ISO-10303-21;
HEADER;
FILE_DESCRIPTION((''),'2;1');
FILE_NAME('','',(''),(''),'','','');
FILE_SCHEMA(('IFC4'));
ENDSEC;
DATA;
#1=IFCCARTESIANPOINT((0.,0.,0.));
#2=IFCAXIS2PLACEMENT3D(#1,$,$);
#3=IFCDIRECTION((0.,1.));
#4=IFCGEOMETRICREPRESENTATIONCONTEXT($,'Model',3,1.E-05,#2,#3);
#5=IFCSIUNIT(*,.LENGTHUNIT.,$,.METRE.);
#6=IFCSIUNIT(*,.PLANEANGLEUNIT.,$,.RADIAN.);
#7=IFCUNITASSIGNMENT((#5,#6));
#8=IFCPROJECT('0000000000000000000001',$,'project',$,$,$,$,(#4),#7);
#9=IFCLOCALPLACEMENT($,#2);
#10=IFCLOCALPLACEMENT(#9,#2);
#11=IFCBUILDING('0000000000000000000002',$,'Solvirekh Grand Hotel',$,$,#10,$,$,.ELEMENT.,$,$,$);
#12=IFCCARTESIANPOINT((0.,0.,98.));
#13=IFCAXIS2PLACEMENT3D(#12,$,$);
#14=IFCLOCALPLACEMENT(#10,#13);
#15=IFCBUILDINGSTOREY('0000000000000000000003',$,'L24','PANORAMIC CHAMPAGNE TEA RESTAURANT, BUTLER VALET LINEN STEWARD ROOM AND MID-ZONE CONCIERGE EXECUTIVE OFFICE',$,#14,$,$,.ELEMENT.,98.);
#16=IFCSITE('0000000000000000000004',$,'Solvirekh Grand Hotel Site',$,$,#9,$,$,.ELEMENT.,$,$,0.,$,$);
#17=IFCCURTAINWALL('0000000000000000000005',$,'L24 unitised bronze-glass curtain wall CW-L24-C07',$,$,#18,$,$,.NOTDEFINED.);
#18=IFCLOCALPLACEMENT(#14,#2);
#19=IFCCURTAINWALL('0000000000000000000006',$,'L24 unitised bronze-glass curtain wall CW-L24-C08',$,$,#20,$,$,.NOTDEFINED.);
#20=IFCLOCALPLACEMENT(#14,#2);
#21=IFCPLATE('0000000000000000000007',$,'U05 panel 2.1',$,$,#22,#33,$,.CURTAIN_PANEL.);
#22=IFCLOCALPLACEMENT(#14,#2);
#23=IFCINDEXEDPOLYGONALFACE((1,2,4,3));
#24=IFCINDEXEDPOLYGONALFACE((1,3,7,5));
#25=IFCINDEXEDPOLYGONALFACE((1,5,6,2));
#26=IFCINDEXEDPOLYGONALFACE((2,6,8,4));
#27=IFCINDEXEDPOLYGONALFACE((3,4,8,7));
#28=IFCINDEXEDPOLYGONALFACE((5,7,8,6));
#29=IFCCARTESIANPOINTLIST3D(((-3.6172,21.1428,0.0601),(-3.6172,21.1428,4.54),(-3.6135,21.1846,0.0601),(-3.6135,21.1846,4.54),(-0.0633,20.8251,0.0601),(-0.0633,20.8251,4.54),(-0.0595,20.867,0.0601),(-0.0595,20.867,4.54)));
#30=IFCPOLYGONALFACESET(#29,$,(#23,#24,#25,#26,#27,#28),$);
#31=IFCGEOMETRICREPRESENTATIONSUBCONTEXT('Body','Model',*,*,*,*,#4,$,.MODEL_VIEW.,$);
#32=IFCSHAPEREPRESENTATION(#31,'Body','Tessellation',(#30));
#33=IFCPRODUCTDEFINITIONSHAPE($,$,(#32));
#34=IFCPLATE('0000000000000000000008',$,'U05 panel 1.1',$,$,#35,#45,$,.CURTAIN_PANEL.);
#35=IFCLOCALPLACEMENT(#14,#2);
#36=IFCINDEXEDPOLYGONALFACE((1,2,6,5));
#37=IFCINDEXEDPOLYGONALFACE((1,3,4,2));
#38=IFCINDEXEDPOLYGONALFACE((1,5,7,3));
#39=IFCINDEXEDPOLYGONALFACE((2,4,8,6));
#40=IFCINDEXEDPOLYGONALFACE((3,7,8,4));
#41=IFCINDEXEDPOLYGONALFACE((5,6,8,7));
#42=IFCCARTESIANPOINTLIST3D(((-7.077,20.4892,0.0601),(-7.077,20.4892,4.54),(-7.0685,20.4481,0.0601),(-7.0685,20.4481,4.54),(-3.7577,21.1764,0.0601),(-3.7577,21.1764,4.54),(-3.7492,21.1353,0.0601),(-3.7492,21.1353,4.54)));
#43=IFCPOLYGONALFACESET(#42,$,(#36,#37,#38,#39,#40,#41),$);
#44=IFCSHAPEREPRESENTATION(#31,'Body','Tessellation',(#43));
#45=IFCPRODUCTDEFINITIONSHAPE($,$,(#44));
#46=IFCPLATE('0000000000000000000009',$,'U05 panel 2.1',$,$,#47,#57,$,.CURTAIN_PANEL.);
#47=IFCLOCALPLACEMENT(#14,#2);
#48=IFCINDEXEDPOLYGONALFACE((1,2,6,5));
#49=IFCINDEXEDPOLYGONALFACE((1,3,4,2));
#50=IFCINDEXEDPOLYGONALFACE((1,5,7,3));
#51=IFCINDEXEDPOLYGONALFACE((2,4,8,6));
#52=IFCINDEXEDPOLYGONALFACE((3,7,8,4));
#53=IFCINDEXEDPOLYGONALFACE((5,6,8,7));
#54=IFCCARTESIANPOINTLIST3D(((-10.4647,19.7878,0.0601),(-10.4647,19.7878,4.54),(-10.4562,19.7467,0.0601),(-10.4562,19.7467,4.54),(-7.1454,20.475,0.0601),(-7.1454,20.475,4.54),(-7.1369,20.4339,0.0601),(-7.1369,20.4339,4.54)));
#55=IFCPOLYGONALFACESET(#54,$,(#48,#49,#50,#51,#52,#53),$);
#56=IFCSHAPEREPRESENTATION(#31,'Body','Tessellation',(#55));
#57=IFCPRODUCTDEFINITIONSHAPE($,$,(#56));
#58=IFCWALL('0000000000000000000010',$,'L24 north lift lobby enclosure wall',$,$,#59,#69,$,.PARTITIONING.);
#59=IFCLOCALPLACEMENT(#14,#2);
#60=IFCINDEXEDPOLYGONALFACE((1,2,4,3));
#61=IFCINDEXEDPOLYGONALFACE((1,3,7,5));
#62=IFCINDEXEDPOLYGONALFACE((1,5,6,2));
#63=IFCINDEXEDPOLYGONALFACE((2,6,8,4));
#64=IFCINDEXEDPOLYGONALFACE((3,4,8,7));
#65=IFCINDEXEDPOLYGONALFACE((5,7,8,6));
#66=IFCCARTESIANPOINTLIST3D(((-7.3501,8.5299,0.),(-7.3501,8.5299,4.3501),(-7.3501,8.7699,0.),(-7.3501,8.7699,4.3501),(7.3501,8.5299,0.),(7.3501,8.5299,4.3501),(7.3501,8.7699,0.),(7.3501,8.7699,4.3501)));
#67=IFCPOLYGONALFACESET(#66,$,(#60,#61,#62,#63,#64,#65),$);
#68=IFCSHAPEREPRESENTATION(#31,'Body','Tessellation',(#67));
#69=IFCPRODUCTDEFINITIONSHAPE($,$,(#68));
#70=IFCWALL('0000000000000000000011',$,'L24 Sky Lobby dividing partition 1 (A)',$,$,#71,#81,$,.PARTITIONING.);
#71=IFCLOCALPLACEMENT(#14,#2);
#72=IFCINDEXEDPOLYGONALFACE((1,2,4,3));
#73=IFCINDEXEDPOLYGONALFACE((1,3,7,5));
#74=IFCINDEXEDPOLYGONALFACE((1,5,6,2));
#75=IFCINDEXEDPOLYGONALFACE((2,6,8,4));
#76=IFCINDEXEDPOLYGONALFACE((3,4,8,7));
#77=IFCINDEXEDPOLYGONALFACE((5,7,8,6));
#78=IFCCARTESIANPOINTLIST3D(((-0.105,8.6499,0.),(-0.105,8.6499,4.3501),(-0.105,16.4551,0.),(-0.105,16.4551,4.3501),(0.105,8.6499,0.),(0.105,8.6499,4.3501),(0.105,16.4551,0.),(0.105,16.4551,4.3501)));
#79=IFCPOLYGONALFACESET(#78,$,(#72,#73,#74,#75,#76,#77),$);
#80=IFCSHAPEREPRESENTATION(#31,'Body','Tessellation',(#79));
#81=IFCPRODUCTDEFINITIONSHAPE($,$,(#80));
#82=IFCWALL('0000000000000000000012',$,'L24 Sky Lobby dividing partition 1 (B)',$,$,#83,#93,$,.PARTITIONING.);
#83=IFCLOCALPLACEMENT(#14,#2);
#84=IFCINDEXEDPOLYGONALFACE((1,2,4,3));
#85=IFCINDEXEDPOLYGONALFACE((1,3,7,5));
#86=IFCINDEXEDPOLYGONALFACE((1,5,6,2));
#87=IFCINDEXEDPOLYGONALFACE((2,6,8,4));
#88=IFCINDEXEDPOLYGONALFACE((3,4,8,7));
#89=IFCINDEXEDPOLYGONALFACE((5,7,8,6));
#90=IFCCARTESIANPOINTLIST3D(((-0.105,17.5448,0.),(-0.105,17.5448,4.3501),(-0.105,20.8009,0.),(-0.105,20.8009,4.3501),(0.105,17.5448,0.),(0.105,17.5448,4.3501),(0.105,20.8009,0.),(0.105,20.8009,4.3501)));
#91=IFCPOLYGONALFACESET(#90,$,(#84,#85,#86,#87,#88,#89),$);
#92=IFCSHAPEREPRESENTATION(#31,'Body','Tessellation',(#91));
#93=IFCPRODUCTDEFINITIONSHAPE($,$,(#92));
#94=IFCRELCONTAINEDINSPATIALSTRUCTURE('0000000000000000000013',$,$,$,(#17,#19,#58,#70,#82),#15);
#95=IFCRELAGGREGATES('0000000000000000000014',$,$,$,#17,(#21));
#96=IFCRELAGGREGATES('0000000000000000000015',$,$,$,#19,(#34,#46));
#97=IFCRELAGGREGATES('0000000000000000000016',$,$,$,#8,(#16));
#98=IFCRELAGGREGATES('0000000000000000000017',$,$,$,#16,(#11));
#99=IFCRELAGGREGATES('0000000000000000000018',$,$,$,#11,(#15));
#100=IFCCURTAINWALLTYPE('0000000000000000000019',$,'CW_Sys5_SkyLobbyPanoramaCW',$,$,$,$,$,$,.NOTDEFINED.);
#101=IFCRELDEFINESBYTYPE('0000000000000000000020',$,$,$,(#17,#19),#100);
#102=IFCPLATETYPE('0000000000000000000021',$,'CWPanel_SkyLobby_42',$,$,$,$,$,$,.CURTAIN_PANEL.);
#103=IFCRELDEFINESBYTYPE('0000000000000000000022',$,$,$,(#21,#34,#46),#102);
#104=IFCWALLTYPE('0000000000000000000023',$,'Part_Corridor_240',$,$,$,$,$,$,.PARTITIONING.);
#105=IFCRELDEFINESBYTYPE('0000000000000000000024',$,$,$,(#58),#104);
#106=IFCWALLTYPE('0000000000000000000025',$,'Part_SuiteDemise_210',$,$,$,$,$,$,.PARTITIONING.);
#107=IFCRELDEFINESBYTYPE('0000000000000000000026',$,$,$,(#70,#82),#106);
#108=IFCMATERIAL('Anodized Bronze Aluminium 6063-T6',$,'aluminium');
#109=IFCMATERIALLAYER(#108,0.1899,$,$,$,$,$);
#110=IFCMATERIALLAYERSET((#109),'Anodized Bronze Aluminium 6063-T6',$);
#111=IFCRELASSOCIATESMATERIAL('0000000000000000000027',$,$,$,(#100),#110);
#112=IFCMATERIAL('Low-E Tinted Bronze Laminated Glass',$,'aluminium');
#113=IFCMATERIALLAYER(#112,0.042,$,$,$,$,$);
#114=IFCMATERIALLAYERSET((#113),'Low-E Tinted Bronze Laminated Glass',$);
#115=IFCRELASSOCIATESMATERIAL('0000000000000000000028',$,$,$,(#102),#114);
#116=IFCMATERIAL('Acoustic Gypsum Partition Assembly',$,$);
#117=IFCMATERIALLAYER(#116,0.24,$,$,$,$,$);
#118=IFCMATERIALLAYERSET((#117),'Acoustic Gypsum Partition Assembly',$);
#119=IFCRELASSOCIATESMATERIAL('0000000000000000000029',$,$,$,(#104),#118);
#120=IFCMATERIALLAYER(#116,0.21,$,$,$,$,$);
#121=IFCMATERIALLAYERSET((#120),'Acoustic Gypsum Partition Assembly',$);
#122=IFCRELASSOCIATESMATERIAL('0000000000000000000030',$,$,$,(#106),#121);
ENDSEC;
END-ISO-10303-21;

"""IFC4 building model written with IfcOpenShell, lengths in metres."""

from ifc_helpers import new_model, si_unit, direction, frame, frame_2d, origin, origin_2d, place, context, subcontext, project, spatial, rectangle, extrude, source, transform, mapped, material, layer, layer_set, type_object, element, aggregate, save


model = new_model("IFC4")

# Units and contexts
model_context = context("Model", 3, precision=1e-05, world=origin(), true_north=direction((0.0, 1.0)))
body_context = subcontext(model_context, "Body", "Model", "MODEL_VIEW")
ifc_project = project(units=[si_unit("LENGTHUNIT", "METRE"), si_unit("PLANEANGLEUNIT", "RADIAN")], contexts=[model_context])

# Site, building, storey
site_placement = place(None, origin())
site = spatial("IfcSite", under=ifc_project, at=site_placement, Name="Solvirekh Grand Hotel Site", CompositionType="ELEMENT", RefElevation=0.0)
building_placement = place(site_placement, origin())
building = spatial("IfcBuilding", under=site, at=building_placement, Name="Solvirekh Grand Hotel", CompositionType="ELEMENT")
storey_placement = place(building_placement, frame((0.0, 0.0, 98.0)))
storey = spatial("IfcBuildingStorey", under=building, at=storey_placement, Name="L24", Description="PANORAMIC CHAMPAGNE TEA RESTAURANT, BUTLER VALET LINEN STEWARD ROOM AND MID-ZONE CONCIERGE EXECUTIVE OFFICE", CompositionType="ELEMENT", Elevation=98.0)

# Curtain walls
ifc_material_1 = material(Name="Anodized Bronze Aluminium 6063-T6", Category="aluminium")
ifc_layer_1 = layer(ifc_material_1, 0.1899)
ifc_layer_set_1 = layer_set([ifc_layer_1], Name="Anodized Bronze Aluminium 6063-T6")
curtain_wall_type = type_object("IfcCurtainWallType", Name="CW_Sys5_SkyLobbyPanoramaCW", PredefinedType="NOTDEFINED", material=ifc_layer_set_1)
curtain_wall_1_placement = place(storey_placement, origin())
curtain_wall_1 = element("IfcCurtainWall", 1, at=curtain_wall_1_placement, inside=storey, type_object=curtain_wall_type, Name="L24 unitised bronze-glass curtain wall CW-L24-C07", PredefinedType="NOTDEFINED")
curtain_wall_2_placement = place(storey_placement, origin())
curtain_wall_2 = element("IfcCurtainWall", 2, at=curtain_wall_2_placement, inside=storey, type_object=curtain_wall_type, Name="L24 unitised bronze-glass curtain wall CW-L24-C08", PredefinedType="NOTDEFINED")

# Plates
ifc_material_2 = material(Name="Low-E Tinted Bronze Laminated Glass", Category="aluminium")
ifc_layer_2 = layer(ifc_material_2, 0.042)
ifc_layer_set_2 = layer_set([ifc_layer_2], Name="Low-E Tinted Bronze Laminated Glass")
plate_type = type_object("IfcPlateType", Name="CWPanel_SkyLobby_42", PredefinedType="CURTAIN_PANEL", material=ifc_layer_set_2)
shared_shape_1 = source(origin(), body_context, "Body", "SweptSolid", [
    extrude(rectangle(XDim=3.5681, YDim=0.042, at=origin_2d()), origin(), (0.0, 0.0, 1.0), 4.48),
])
plate_1_placement = place(storey_placement, frame((-1.8384, 21.0049, 0.0601), z_axis=(0.0, 0.0, 1.0), x_axis=(-0.996029, 0.089026, 0.0)))
plate_1 = element("IfcPlate", 3, at=plate_1_placement, type_object=plate_type, Name="U05 panel 2.1", PredefinedType="CURTAIN_PANEL", context=body_context, shape_type="MappedRepresentation", body=[
    mapped(shared_shape_1, transform((0.0, 0.0, 0.0), x_axis=(1.0, 0.0, 0.0), y_axis=(0.0, 1.0, 0.0), z_axis=(0.0, 0.0, 1.0), scale=1.0)),
])
aggregate(curtain_wall_1, [plate_1])
shared_shape_2 = source(origin(), body_context, "Body", "SweptSolid", [
    extrude(rectangle(XDim=3.3896, YDim=0.042, at=origin_2d()), origin(), (0.0, 0.0, 1.0), 4.48),
])
plate_2_placement = place(storey_placement, frame((-5.4131, 20.8123, 0.0601), z_axis=(0.0, 0.0, 1.0), x_axis=(-0.979232, -0.202743, 0.0)))
plate_2 = element("IfcPlate", 4, at=plate_2_placement, type_object=plate_type, Name="U05 panel 1.1", PredefinedType="CURTAIN_PANEL", context=body_context, shape_type="MappedRepresentation", body=[
    mapped(shared_shape_2, transform((0.0, 0.0, 0.0), x_axis=(1.0, 0.0, 0.0), y_axis=(0.0, 1.0, 0.0), z_axis=(0.0, 0.0, 1.0), scale=1.0)),
])
plate_3_placement = place(storey_placement, frame((-8.8008, 20.1108, 0.0601), z_axis=(0.0, 0.0, 1.0), x_axis=(-0.979232, -0.202743, 0.0)))
plate_3 = element("IfcPlate", 5, at=plate_3_placement, type_object=plate_type, Name="U05 panel 2.1", PredefinedType="CURTAIN_PANEL", context=body_context, shape_type="MappedRepresentation", body=[
    mapped(shared_shape_2, transform((0.0, 0.0, 0.0), x_axis=(1.0, 0.0, 0.0), y_axis=(0.0, 1.0, 0.0), z_axis=(0.0, 0.0, 1.0), scale=1.0)),
])
aggregate(curtain_wall_2, [plate_2, plate_3])

# Walls
ifc_material_3 = material(Name="Acoustic Gypsum Partition Assembly")
ifc_layer_3 = layer(ifc_material_3, 0.24)
ifc_layer_set_3 = layer_set([ifc_layer_3], Name="Acoustic Gypsum Partition Assembly")
wall_type_1 = type_object("IfcWallType", Name="Part_Corridor_240", PredefinedType="PARTITIONING", material=ifc_layer_set_3)
wall_1_placement = place(storey_placement, frame((-7.3501, 8.6499, 0.0), z_axis=(0.0, 0.0, 1.0), x_axis=(1.0, 0.0, 0.0)))
element("IfcWall", 6, at=wall_1_placement, inside=storey, type_object=wall_type_1, Name="L24 north lift lobby enclosure wall", PredefinedType="PARTITIONING", context=body_context, shape_type="SweptSolid", body=[
    extrude(rectangle(XDim=14.7002, YDim=0.24, at=frame_2d((7.3501, 0.0))), origin(), (0.0, 0.0, 1.0), 4.3501),
])
ifc_layer_4 = layer(ifc_material_3, 0.21)
ifc_layer_set_4 = layer_set([ifc_layer_4], Name="Acoustic Gypsum Partition Assembly")
wall_type_2 = type_object("IfcWallType", Name="Part_SuiteDemise_210", PredefinedType="PARTITIONING", material=ifc_layer_set_4)
wall_2_placement = place(storey_placement, frame((0.0, 8.6499, 0.0), z_axis=(0.0, 0.0, 1.0), x_axis=(0.0, 1.0, 0.0)))
element("IfcWall", 7, at=wall_2_placement, inside=storey, type_object=wall_type_2, Name="L24 Sky Lobby dividing partition 1 (A)", PredefinedType="PARTITIONING", context=body_context, shape_type="SweptSolid", body=[
    extrude(rectangle(XDim=7.8052, YDim=0.21, at=frame_2d((3.9026, 0.0))), origin(), (0.0, 0.0, 1.0), 4.3501),
])
wall_3_placement = place(storey_placement, frame((0.0, 17.5449, 0.0), z_axis=(0.0, 0.0, 1.0), x_axis=(0.0, 1.0, 0.0)))
element("IfcWall", 8, at=wall_3_placement, inside=storey, type_object=wall_type_2, Name="L24 Sky Lobby dividing partition 1 (B)", PredefinedType="PARTITIONING", context=body_context, shape_type="SweptSolid", body=[
    extrude(rectangle(XDim=3.2561, YDim=0.21, at=frame_2d((1.6279, 0.0))), origin(), (0.0, 0.0, 1.0), 4.3501),
])

save(model, "model.ifc")
